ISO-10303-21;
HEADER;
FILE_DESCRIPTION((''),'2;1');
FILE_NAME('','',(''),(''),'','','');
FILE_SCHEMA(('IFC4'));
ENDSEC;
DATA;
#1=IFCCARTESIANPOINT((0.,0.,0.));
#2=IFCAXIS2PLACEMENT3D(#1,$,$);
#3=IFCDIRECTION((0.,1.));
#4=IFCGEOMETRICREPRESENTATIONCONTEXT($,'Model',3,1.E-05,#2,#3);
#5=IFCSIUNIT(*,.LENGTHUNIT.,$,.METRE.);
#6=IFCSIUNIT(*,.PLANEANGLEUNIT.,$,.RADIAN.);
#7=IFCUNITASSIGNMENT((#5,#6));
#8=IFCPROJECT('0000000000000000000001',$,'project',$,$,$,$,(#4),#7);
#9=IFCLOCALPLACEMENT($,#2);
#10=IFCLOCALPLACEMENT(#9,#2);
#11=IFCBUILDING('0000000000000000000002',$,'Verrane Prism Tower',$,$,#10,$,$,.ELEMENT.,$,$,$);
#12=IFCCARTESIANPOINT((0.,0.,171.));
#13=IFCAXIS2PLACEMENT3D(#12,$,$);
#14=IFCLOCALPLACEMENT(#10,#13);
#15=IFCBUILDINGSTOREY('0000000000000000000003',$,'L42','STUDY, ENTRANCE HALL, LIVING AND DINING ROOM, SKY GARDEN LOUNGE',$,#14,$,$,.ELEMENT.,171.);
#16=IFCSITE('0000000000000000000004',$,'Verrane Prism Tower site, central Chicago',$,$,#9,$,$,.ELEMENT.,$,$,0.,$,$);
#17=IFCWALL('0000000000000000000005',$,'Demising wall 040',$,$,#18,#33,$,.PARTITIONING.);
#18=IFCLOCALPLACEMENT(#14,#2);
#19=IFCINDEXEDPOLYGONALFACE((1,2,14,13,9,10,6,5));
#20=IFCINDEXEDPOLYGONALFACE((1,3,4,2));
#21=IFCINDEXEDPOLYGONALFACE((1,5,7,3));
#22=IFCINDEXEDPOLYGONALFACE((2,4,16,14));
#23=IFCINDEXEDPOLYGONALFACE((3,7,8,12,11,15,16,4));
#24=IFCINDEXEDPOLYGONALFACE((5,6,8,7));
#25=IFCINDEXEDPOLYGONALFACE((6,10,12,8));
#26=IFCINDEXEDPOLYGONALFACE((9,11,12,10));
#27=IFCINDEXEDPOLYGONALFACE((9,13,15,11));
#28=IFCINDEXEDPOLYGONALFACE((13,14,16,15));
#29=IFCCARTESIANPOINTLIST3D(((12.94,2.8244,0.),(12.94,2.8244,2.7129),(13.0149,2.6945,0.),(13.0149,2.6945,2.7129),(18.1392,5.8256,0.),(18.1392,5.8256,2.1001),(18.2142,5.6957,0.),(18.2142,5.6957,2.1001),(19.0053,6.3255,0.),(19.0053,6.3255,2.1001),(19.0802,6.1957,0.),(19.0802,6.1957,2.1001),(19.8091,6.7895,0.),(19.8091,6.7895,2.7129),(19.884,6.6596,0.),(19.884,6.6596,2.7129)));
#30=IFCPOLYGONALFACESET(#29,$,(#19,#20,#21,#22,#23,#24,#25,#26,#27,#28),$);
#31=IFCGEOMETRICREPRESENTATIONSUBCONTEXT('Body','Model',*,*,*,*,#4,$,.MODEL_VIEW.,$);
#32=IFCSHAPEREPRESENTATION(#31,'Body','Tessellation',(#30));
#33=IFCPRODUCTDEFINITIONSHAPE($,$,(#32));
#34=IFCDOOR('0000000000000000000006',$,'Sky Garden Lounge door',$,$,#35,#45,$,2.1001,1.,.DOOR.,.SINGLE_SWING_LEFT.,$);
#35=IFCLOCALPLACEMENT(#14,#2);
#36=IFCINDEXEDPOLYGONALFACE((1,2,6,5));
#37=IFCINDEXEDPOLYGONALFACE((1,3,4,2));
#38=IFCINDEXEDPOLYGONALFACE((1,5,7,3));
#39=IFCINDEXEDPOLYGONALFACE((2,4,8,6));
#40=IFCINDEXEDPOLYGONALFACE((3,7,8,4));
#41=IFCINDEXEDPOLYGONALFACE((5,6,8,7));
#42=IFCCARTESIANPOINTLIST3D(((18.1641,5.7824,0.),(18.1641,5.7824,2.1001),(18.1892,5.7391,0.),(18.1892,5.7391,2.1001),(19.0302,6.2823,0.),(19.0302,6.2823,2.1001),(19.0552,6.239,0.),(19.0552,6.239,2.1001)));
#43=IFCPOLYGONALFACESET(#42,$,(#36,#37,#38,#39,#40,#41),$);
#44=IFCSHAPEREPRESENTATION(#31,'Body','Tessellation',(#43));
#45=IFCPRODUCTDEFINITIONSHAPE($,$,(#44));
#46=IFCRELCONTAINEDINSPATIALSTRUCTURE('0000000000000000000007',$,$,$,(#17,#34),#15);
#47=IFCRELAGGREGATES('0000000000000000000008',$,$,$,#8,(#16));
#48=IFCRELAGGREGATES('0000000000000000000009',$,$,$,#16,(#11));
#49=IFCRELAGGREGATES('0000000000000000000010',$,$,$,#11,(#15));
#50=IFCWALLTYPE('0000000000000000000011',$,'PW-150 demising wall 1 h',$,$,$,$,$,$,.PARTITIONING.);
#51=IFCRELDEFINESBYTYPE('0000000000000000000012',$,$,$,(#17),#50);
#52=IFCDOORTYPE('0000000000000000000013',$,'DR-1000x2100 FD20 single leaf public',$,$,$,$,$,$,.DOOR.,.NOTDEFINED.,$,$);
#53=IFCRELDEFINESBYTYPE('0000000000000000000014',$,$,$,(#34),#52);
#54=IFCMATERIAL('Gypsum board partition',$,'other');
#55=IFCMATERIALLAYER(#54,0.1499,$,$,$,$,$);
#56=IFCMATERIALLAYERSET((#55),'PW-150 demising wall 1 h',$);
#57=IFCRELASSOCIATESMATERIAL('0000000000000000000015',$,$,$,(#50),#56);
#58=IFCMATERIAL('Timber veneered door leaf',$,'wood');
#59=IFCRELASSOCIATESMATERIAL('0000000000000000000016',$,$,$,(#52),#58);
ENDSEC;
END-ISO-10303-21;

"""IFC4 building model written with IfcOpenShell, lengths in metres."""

from ifc_helpers import new_model, si_unit, direction, frame, frame_2d, origin, place, context, subcontext, project, spatial, rectangle, extrude, material, layer, layer_set, type_object, element, fill, save


model = new_model("IFC4")

# Units and contexts
model_context = context("Model", 3, precision=1e-05, world=origin(), true_north=direction((0.0, 1.0)))
body_context = subcontext(model_context, "Body", "Model", "MODEL_VIEW")
ifc_project = project(units=[si_unit("LENGTHUNIT", "METRE"), si_unit("PLANEANGLEUNIT", "RADIAN")], contexts=[model_context])

# Site, building, storey
site_placement = place(None, origin())
site = spatial("IfcSite", under=ifc_project, at=site_placement, Name="Verrane Prism Tower site, central Chicago", CompositionType="ELEMENT", RefElevation=0.0)
building_placement = place(site_placement, origin())
building = spatial("IfcBuilding", under=site, at=building_placement, Name="Verrane Prism Tower", CompositionType="ELEMENT")
storey_placement = place(building_placement, frame((0.0, 0.0, 171.0)))
storey = spatial("IfcBuildingStorey", under=building, at=storey_placement, Name="L42", Description="STUDY, ENTRANCE HALL, LIVING AND DINING ROOM, SKY GARDEN LOUNGE", CompositionType="ELEMENT", Elevation=171.0)

# Wall, opening, door
ifc_material_1 = material(Name="Gypsum board partition", Category="other")
ifc_layer_1 = layer(ifc_material_1, 0.1499)
ifc_layer_set_1 = layer_set([ifc_layer_1], Name="PW-150 demising wall 1 h")
wall_type_1 = type_object("IfcWallType", Name="PW-150 demising wall 1 h", PredefinedType="PARTITIONING", material=ifc_layer_set_1)
wall_1_placement = place(storey_placement, frame((19.8467, 6.7246, 0.0), z_axis=(0.0, 0.0, 1.0), x_axis=(-0.86607, -0.499923, 0.0)))
wall_1 = element("IfcWall", 1, at=wall_1_placement, inside=storey, type_object=wall_type_1, Name="Demising wall 040", PredefinedType="PARTITIONING", context=body_context, shape_type="SweptSolid", body=[
    extrude(rectangle(XDim=7.9314, YDim=0.1499, at=frame_2d((3.9658, 0.0))), origin(), (0.0, 0.0, 1.0), 2.7129),
])
opening_1_placement = place(wall_1_placement, frame((0.9282, 0.0, 0.0)))
opening_1 = element("IfcOpeningElement", 2, at=opening_1_placement, cuts=wall_1, PredefinedType="OPENING", context=body_context, shape_type="SweptSolid", body=[
    extrude(rectangle(XDim=1.0, YDim=2.1001, at=frame_2d((0.5, 1.05))), frame((0.0, 0.085, 0.0), z_axis=(0.0, -1.0, 0.0), x_axis=(1.0, 0.0, 0.0)), (0.0, 0.0, 1.0), 0.1699),
])
ifc_material_2 = material(Name="Timber veneered door leaf", Category="wood")
door_type_1 = type_object("IfcDoorType", Name="DR-1000x2100 FD20 single leaf public", OperationType="NOTDEFINED", PredefinedType="DOOR", material=ifc_material_2)
door_1_placement = place(opening_1_placement, origin())
door_1 = element("IfcDoor", 3, at=door_1_placement, inside=storey, type_object=door_type_1, Name="Sky Garden Lounge door", OperationType="SINGLE_SWING_LEFT", OverallHeight=2.1001, OverallWidth=1.0, PredefinedType="DOOR", context=body_context, shape_type="SweptSolid", body=[
    extrude(rectangle(XDim=1.0, YDim=2.1001, at=frame_2d((0.5, 1.05))), frame((0.0, 0.0249, 0.0), z_axis=(0.0, -1.0, 0.0), x_axis=(1.0, 0.0, 0.0)), (0.0, 0.0, 1.0), 0.05),
])
fill(opening_1, door_1)

save(model, "model.ifc")
